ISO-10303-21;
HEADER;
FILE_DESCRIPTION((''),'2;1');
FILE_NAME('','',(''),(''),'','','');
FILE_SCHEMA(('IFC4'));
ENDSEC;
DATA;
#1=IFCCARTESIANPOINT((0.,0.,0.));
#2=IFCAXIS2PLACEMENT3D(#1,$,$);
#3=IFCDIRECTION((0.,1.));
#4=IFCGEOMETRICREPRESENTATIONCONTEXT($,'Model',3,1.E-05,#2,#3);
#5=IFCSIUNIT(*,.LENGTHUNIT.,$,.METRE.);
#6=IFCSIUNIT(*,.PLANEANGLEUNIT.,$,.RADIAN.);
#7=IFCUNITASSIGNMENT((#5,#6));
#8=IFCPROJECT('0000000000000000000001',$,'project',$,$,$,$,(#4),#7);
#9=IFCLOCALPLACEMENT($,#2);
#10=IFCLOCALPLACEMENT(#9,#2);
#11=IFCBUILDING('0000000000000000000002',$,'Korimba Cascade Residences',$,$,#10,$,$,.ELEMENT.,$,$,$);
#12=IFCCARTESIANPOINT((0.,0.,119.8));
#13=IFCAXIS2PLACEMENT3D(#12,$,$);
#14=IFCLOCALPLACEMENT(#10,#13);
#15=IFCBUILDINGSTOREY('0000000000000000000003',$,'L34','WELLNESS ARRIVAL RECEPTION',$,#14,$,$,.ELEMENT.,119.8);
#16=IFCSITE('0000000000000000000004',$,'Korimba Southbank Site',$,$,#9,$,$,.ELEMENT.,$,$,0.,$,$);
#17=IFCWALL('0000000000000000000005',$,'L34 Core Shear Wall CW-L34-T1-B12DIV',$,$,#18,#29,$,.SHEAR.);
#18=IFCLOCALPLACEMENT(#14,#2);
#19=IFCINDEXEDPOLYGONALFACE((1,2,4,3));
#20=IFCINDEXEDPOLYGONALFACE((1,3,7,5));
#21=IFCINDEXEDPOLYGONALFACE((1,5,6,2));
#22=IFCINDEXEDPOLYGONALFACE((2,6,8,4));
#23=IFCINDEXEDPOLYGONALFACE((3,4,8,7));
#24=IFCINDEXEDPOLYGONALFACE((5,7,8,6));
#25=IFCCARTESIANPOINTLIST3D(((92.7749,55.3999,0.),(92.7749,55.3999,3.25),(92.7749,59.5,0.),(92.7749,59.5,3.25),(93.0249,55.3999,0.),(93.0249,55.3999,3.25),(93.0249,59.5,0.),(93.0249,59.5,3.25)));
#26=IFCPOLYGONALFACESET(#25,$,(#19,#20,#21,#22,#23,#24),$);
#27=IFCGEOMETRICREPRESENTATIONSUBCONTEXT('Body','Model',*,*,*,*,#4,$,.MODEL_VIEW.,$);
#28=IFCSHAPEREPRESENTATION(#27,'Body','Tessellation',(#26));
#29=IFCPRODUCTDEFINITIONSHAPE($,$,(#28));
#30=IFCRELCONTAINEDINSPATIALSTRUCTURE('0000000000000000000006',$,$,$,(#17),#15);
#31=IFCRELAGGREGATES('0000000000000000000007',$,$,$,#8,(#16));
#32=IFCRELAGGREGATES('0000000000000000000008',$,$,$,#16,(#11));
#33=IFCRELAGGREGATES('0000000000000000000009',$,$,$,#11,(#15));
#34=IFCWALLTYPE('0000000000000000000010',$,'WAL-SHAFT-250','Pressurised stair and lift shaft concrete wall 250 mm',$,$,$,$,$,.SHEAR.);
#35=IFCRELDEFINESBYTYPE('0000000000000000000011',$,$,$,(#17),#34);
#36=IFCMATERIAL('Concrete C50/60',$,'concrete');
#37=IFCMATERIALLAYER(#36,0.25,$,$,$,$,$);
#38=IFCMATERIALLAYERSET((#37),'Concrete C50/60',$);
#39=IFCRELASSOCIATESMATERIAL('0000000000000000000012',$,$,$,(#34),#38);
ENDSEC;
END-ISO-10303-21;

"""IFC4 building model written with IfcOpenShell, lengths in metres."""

from ifc_helpers import new_model, si_unit, direction, frame, frame_2d, origin, place, context, subcontext, project, spatial, rectangle, extrude, material, layer, layer_set, type_object, element, save


model = new_model("IFC4")

# Units and contexts
model_context = context("Model", 3, precision=1e-05, world=origin(), true_north=direction((0.0, 1.0)))
body_context = subcontext(model_context, "Body", "Model", "MODEL_VIEW")
ifc_project = project(units=[si_unit("LENGTHUNIT", "METRE"), si_unit("PLANEANGLEUNIT", "RADIAN")], contexts=[model_context])

# Site, building, storey
site_placement = place(None, origin())
site = spatial("IfcSite", under=ifc_project, at=site_placement, Name="Korimba Southbank Site", CompositionType="ELEMENT", RefElevation=0.0)
building_placement = place(site_placement, origin())
building = spatial("IfcBuilding", under=site, at=building_placement, Name="Korimba Cascade Residences", CompositionType="ELEMENT")
storey_placement = place(building_placement, frame((0.0, 0.0, 119.8)))
storey = spatial("IfcBuildingStorey", under=building, at=storey_placement, Name="L34", Description="WELLNESS ARRIVAL RECEPTION", CompositionType="ELEMENT", Elevation=119.8)

# Wall
ifc_material_1 = material(Name="Concrete C50/60", Category="concrete")
ifc_layer_1 = layer(ifc_material_1, 0.25)
ifc_layer_set_1 = layer_set([ifc_layer_1], Name="Concrete C50/60")
wall_type_1 = type_object("IfcWallType", Name="WAL-SHAFT-250", Description="Pressurised stair and lift shaft concrete wall 250 mm", PredefinedType="SHEAR", material=ifc_layer_set_1)
wall_1_placement = place(storey_placement, frame((92.8999, 55.3999, 0.0), z_axis=(0.0, 0.0, 1.0), x_axis=(0.0, 1.0, 0.0)))
element("IfcWall", 1, at=wall_1_placement, inside=storey, type_object=wall_type_1, Name="L34 Core Shear Wall CW-L34-T1-B12DIV", PredefinedType="SHEAR", context=body_context, shape_type="SweptSolid", body=[
    extrude(rectangle(XDim=4.1001, YDim=0.25, at=frame_2d((2.05, 0.0))), origin(), (0.0, 0.0, 1.0), 3.25),
])

save(model, "model.ifc")
